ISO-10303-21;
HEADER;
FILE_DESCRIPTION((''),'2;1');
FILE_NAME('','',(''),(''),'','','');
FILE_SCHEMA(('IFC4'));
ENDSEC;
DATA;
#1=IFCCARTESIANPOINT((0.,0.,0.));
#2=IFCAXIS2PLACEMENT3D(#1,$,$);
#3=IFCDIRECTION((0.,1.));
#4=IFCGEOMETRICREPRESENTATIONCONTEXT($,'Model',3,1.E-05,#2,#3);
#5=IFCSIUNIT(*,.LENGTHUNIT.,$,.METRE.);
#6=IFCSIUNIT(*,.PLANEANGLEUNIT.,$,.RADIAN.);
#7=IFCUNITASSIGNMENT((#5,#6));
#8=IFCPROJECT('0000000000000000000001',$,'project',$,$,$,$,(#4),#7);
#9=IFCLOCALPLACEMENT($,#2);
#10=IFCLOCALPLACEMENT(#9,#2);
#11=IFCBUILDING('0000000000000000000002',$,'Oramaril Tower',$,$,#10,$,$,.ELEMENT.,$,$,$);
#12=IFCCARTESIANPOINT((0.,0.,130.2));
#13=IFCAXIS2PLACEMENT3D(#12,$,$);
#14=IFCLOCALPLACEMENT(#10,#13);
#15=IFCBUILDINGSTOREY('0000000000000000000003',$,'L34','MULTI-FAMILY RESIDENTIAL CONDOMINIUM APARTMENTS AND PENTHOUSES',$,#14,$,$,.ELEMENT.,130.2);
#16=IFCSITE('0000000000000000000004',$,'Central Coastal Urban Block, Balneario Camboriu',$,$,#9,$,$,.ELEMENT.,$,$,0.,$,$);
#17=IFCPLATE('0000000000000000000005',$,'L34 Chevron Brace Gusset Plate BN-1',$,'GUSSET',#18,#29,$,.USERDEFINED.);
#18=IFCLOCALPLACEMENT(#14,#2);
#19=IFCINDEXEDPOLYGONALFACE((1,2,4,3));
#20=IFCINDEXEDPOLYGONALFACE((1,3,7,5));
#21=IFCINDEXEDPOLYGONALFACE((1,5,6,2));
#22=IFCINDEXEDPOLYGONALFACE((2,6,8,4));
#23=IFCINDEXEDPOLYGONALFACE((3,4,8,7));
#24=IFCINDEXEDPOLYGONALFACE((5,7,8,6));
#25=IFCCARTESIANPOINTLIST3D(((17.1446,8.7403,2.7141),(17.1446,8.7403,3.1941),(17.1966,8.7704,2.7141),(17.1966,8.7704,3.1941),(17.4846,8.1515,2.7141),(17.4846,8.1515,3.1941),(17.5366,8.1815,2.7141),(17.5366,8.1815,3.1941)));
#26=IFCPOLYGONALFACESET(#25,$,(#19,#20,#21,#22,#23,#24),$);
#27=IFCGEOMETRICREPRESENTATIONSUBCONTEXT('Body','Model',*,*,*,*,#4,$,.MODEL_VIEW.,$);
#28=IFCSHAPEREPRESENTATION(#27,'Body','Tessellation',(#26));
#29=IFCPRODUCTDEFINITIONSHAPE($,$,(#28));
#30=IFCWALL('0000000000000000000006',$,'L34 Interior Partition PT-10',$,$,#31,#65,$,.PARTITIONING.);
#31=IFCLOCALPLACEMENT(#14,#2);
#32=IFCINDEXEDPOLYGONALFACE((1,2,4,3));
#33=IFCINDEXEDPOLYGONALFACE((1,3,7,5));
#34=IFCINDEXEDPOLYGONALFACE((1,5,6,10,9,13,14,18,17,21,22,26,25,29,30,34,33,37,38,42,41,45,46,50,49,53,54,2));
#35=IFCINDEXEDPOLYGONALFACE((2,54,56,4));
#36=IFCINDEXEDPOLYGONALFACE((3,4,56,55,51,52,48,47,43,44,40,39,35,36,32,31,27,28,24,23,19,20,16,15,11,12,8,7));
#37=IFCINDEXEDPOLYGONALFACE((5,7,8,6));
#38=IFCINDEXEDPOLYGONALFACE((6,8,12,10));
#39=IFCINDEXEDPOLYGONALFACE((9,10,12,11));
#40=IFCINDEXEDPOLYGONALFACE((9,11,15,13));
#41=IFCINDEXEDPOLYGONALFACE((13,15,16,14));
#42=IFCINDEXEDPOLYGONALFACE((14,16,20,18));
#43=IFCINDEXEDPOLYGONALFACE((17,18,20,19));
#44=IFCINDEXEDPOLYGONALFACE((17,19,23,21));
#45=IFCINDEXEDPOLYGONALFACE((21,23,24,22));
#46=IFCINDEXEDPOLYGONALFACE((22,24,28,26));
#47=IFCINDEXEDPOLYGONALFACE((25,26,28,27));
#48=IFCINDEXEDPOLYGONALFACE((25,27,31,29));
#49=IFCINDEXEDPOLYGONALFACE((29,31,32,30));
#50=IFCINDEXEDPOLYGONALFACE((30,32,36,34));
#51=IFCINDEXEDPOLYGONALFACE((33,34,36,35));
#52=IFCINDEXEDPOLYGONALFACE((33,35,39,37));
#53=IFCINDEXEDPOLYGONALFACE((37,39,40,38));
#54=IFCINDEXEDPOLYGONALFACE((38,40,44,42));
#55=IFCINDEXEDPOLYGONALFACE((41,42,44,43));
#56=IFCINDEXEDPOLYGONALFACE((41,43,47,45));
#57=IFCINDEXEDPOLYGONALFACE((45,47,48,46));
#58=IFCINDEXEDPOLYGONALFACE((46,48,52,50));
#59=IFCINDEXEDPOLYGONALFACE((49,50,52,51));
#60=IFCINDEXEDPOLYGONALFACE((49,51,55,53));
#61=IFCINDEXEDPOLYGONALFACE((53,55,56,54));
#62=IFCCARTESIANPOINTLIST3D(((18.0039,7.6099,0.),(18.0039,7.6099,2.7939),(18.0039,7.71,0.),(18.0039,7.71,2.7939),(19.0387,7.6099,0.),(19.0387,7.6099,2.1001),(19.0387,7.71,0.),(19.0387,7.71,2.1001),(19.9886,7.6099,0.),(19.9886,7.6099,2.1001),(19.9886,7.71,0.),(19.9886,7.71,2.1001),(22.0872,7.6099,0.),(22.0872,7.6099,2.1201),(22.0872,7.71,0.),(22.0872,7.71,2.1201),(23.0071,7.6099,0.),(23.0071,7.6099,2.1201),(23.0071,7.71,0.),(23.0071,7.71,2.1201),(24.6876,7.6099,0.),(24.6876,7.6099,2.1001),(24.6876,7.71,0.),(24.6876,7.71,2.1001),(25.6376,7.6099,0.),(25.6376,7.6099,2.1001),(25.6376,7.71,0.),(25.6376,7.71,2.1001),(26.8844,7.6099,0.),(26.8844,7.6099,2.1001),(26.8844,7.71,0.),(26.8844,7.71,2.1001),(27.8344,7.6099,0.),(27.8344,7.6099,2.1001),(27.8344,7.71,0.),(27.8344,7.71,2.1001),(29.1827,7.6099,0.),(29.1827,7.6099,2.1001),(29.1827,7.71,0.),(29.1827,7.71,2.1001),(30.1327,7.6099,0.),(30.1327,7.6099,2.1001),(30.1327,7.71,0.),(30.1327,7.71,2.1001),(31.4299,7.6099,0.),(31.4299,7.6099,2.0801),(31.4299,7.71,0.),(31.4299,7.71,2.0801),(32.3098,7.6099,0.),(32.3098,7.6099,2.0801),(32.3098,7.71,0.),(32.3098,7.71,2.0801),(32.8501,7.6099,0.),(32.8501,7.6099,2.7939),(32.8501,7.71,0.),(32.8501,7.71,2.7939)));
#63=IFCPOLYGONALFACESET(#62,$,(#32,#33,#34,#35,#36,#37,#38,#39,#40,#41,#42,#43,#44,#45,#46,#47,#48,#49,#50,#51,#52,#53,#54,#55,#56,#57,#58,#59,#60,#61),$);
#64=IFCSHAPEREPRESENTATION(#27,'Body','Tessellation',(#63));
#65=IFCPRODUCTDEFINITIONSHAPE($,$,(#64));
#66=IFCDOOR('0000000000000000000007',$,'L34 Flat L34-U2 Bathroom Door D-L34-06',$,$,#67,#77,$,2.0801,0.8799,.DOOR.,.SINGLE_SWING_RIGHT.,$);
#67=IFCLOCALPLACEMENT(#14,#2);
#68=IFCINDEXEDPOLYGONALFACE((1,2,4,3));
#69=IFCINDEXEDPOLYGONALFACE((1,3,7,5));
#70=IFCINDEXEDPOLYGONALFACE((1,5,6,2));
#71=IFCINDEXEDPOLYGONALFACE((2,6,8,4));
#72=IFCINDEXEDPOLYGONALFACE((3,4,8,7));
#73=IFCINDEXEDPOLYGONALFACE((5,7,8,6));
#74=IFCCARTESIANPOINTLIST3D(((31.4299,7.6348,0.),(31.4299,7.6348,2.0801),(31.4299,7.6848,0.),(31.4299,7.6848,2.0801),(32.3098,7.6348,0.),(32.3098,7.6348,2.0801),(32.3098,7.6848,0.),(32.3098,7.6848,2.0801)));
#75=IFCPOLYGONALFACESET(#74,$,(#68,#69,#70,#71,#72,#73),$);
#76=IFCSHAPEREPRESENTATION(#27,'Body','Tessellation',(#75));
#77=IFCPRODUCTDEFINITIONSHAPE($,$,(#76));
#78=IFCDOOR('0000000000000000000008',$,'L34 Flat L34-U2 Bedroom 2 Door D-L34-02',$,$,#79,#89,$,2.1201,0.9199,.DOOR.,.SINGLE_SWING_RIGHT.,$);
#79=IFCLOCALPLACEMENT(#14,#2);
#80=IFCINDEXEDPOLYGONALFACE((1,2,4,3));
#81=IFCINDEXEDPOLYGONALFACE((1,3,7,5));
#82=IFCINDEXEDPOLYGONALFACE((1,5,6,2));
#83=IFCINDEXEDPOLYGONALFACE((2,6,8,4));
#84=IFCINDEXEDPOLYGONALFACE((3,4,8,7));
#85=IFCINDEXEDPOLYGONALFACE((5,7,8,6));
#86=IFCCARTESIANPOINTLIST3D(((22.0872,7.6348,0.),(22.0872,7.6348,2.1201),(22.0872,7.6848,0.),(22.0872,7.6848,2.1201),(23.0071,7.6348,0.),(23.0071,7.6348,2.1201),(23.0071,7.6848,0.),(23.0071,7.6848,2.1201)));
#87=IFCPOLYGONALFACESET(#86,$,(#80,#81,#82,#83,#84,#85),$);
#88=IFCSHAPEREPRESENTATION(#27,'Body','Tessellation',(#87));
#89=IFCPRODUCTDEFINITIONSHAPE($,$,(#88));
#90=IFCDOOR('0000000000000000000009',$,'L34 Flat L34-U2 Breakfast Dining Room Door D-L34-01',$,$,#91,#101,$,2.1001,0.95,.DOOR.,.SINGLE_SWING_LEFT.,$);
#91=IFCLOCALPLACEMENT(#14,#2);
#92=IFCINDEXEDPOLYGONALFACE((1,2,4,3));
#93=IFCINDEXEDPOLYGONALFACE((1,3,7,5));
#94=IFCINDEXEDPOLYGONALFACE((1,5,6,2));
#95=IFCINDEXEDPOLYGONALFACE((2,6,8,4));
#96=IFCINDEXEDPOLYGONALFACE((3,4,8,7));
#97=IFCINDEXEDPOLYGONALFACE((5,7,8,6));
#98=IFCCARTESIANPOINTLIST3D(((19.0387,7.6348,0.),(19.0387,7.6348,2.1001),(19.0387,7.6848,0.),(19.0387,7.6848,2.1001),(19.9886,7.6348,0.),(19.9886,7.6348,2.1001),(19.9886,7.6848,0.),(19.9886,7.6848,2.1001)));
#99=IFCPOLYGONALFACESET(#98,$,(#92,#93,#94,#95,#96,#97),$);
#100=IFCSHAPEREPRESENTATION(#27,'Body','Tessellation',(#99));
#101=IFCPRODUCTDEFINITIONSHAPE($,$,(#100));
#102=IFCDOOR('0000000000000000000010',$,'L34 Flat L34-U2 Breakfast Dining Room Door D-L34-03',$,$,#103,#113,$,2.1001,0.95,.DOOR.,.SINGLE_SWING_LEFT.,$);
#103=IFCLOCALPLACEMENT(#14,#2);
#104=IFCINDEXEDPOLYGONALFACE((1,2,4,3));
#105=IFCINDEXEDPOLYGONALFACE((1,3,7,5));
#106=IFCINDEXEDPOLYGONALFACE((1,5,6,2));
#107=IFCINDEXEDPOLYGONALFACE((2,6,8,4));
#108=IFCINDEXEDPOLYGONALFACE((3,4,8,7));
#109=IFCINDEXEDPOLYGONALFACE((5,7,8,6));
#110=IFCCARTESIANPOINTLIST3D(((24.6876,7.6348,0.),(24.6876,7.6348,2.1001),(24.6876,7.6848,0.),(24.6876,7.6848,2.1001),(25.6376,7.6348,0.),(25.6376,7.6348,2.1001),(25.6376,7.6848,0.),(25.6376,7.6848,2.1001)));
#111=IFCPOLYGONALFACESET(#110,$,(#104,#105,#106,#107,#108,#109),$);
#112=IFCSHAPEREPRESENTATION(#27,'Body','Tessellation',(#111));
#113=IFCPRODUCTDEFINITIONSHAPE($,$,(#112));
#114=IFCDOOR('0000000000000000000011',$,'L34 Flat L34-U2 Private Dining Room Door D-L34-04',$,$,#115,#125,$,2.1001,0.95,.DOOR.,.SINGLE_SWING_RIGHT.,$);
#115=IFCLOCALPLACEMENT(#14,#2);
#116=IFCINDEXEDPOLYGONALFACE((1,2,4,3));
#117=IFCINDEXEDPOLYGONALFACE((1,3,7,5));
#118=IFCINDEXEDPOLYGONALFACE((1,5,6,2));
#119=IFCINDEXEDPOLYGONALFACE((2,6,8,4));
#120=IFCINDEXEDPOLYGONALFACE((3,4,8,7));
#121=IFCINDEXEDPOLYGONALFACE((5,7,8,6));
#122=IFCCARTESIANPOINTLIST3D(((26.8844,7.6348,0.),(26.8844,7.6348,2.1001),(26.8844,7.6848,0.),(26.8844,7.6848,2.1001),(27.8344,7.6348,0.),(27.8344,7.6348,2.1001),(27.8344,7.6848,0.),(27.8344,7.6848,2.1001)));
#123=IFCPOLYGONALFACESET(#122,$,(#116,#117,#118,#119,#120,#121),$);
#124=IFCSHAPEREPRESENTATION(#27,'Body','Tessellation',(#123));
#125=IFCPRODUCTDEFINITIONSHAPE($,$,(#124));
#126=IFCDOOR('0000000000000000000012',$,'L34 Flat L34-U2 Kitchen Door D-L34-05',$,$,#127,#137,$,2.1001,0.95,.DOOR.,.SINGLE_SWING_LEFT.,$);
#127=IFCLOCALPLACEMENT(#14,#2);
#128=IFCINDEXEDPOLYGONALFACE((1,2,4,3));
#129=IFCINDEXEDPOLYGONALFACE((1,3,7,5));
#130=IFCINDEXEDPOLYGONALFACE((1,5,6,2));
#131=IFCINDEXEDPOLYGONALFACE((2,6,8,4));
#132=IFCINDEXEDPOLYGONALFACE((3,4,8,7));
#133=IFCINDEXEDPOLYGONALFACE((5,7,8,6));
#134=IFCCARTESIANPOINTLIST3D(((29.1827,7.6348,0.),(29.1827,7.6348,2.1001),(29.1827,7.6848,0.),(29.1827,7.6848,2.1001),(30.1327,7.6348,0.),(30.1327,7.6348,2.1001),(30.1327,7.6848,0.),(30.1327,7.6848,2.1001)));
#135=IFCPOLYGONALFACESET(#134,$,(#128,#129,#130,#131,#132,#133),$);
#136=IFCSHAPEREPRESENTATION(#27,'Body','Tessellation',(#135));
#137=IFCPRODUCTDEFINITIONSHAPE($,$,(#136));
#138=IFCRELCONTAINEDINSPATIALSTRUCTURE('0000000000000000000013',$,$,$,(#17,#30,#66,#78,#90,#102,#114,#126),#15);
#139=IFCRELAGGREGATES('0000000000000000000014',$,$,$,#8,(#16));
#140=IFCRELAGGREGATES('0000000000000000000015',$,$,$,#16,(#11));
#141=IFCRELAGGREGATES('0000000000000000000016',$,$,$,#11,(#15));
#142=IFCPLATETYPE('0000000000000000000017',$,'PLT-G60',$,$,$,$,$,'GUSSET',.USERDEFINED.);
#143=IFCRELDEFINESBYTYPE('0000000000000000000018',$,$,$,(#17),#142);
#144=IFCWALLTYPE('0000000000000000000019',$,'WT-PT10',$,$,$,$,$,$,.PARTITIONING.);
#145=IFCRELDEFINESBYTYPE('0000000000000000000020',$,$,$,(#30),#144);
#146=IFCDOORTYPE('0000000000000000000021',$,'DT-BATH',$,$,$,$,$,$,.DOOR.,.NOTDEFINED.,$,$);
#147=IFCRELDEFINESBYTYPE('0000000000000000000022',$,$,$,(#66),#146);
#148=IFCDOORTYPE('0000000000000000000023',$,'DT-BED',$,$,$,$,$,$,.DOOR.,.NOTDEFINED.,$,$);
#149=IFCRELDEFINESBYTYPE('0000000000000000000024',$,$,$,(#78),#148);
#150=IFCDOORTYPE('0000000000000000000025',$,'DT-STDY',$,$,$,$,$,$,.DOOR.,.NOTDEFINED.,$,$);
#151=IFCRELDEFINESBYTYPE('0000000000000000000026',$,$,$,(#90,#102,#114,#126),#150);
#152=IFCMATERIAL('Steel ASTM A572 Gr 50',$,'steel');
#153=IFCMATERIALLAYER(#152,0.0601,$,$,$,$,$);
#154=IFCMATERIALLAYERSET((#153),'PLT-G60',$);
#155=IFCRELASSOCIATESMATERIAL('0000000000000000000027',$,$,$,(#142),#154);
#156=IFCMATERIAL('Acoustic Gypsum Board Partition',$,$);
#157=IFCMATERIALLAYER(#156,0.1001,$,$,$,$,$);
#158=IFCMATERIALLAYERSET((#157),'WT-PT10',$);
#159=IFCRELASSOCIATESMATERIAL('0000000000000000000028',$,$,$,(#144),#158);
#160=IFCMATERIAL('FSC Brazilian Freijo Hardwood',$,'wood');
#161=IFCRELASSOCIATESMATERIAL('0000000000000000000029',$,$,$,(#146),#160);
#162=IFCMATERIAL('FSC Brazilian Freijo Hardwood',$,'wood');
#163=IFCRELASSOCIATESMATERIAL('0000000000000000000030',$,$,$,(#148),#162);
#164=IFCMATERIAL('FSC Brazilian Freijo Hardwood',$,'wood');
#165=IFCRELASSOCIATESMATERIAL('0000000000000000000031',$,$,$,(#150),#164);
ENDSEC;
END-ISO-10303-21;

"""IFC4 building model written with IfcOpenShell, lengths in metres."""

from ifc_helpers import new_model, si_unit, direction, frame, frame_2d, origin, origin_2d, place, context, subcontext, project, spatial, rectangle, extrude, material, layer, layer_set, type_object, element, fill, save


model = new_model("IFC4")

# Units and contexts
model_context = context("Model", 3, precision=1e-05, world=origin(), true_north=direction((0.0, 1.0)))
body_context = subcontext(model_context, "Body", "Model", "MODEL_VIEW")
ifc_project = project(units=[si_unit("LENGTHUNIT", "METRE"), si_unit("PLANEANGLEUNIT", "RADIAN")], contexts=[model_context])

# Site, building, storey
site_placement = place(None, origin())
site = spatial("IfcSite", under=ifc_project, at=site_placement, Name="Central Coastal Urban Block, Balneario Camboriu", CompositionType="ELEMENT", RefElevation=0.0)
building_placement = place(site_placement, origin())
building = spatial("IfcBuilding", under=site, at=building_placement, Name="Oramaril Tower", CompositionType="ELEMENT")
storey_placement = place(building_placement, frame((0.0, 0.0, 130.2)))
storey = spatial("IfcBuildingStorey", under=building, at=storey_placement, Name="L34", Description="MULTI-FAMILY RESIDENTIAL CONDOMINIUM APARTMENTS AND PENTHOUSES", CompositionType="ELEMENT", Elevation=130.2)

# Plate
ifc_material_1 = material(Name="Steel ASTM A572 Gr 50", Category="steel")
ifc_layer_1 = layer(ifc_material_1, 0.0601)
ifc_layer_set_1 = layer_set([ifc_layer_1], Name="PLT-G60")
plate_type = type_object("IfcPlateType", Name="PLT-G60", ElementType="GUSSET", PredefinedType="USERDEFINED", material=ifc_layer_set_1)
plate_placement = place(storey_placement, frame((17.3406, 8.4609, 2.7141), z_axis=(0.0, 0.0, 1.0), x_axis=(0.5, -0.866025, 0.0)))
element("IfcPlate", 1, at=plate_placement, inside=storey, type_object=plate_type, Name="L34 Chevron Brace Gusset Plate BN-1", ObjectType="GUSSET", PredefinedType="USERDEFINED", context=body_context, shape_type="SweptSolid", body=[
    extrude(rectangle(XDim=0.6799, YDim=0.0601, at=origin_2d()), origin(), (0.0, 0.0, 1.0), 0.48),
])

# Wall, openings, doors
ifc_material_2 = material(Name="Acoustic Gypsum Board Partition")
ifc_layer_2 = layer(ifc_material_2, 0.1001)
ifc_layer_set_2 = layer_set([ifc_layer_2], Name="WT-PT10")
wall_type_1 = type_object("IfcWallType", Name="WT-PT10", PredefinedType="PARTITIONING", material=ifc_layer_set_2)
wall_1_placement = place(storey_placement, frame((18.0039, 7.6599, 0.0), z_axis=(0.0, 0.0, 1.0), x_axis=(1.0, 0.0, 0.0)))
wall_1 = element("IfcWall", 2, at=wall_1_placement, inside=storey, type_object=wall_type_1, Name="L34 Interior Partition PT-10", PredefinedType="PARTITIONING", context=body_context, shape_type="SweptSolid", body=[
    extrude(rectangle(XDim=14.8462, YDim=0.1001, at=frame_2d((7.4231, 0.0))), origin(), (0.0, 0.0, 1.0), 2.7939),
])
opening_1_placement = place(wall_1_placement, frame((1.0347, 0.0, 0.0)))
opening_1 = element("IfcOpeningElement", 3, at=opening_1_placement, cuts=wall_1, PredefinedType="OPENING", context=body_context, shape_type="SweptSolid", body=[
    extrude(rectangle(XDim=0.95, YDim=2.1001, at=frame_2d((0.4751, 1.05))), frame((0.0, 0.05, 0.0), z_axis=(0.0, -1.0, 0.0), x_axis=(1.0, 0.0, 0.0)), (0.0, 0.0, 1.0), 0.1001),
])
opening_2_placement = place(wall_1_placement, frame((4.0833, 0.0, 0.0)))
opening_2 = element("IfcOpeningElement", 4, at=opening_2_placement, cuts=wall_1, PredefinedType="OPENING", context=body_context, shape_type="SweptSolid", body=[
    extrude(rectangle(XDim=0.9199, YDim=2.1201, at=frame_2d((0.46, 1.0601))), frame((0.0, 0.05, 0.0), z_axis=(0.0, -1.0, 0.0), x_axis=(1.0, 0.0, 0.0)), (0.0, 0.0, 1.0), 0.1001),
])
opening_3_placement = place(wall_1_placement, frame((6.6836, 0.0, 0.0)))
opening_3 = element("IfcOpeningElement", 5, at=opening_3_placement, cuts=wall_1, PredefinedType="OPENING", context=body_context, shape_type="SweptSolid", body=[
    extrude(rectangle(XDim=0.95, YDim=2.1001, at=frame_2d((0.4751, 1.05))), frame((0.0, 0.05, 0.0), z_axis=(0.0, -1.0, 0.0), x_axis=(1.0, 0.0, 0.0)), (0.0, 0.0, 1.0), 0.1001),
])
opening_4_placement = place(wall_1_placement, frame((8.8804, 0.0, 0.0)))
opening_4 = element("IfcOpeningElement", 6, at=opening_4_placement, cuts=wall_1, PredefinedType="OPENING", context=body_context, shape_type="SweptSolid", body=[
    extrude(rectangle(XDim=0.95, YDim=2.1001, at=frame_2d((0.4751, 1.05))), frame((0.0, 0.05, 0.0), z_axis=(0.0, -1.0, 0.0), x_axis=(1.0, 0.0, 0.0)), (0.0, 0.0, 1.0), 0.1001),
])
opening_5_placement = place(wall_1_placement, frame((11.1787, 0.0, 0.0)))
opening_5 = element("IfcOpeningElement", 7, at=opening_5_placement, cuts=wall_1, PredefinedType="OPENING", context=body_context, shape_type="SweptSolid", body=[
    extrude(rectangle(XDim=0.95, YDim=2.1001, at=frame_2d((0.4751, 1.05))), frame((0.0, 0.05, 0.0), z_axis=(0.0, -1.0, 0.0), x_axis=(1.0, 0.0, 0.0)), (0.0, 0.0, 1.0), 0.1001),
])
opening_6_placement = place(wall_1_placement, frame((13.426, 0.0, 0.0)))
opening_6 = element("IfcOpeningElement", 8, at=opening_6_placement, cuts=wall_1, PredefinedType="OPENING", context=body_context, shape_type="SweptSolid", body=[
    extrude(rectangle(XDim=0.8799, YDim=2.0801, at=frame_2d((0.4399, 1.04))), frame((0.0, 0.05, 0.0), z_axis=(0.0, -1.0, 0.0), x_axis=(1.0, 0.0, 0.0)), (0.0, 0.0, 1.0), 0.1001),
])
ifc_material_3 = material(Name="FSC Brazilian Freijo Hardwood", Category="wood")
door_type_1 = type_object("IfcDoorType", Name="DT-BATH", OperationType="NOTDEFINED", PredefinedType="DOOR", material=ifc_material_3)
door_1_placement = place(opening_6_placement, origin())
door_1 = element("IfcDoor", 9, at=door_1_placement, inside=storey, type_object=door_type_1, Name="L34 Flat L34-U2 Bathroom Door D-L34-06", OperationType="SINGLE_SWING_RIGHT", OverallHeight=2.0801, OverallWidth=0.8799, PredefinedType="DOOR", context=body_context, shape_type="SweptSolid", body=[
    extrude(rectangle(XDim=0.8799, YDim=2.0801, at=frame_2d((0.4399, 1.04))), frame((0.0, 0.0249, 0.0), z_axis=(0.0, -1.0, 0.0), x_axis=(1.0, 0.0, 0.0)), (0.0, 0.0, 1.0), 0.05),
])
fill(opening_6, door_1)
ifc_material_4 = material(Name="FSC Brazilian Freijo Hardwood", Category="wood")
door_type_2 = type_object("IfcDoorType", Name="DT-BED", OperationType="NOTDEFINED", PredefinedType="DOOR", material=ifc_material_4)
door_2_placement = place(opening_2_placement, origin())
door_2 = element("IfcDoor", 10, at=door_2_placement, inside=storey, type_object=door_type_2, Name="L34 Flat L34-U2 Bedroom 2 Door D-L34-02", OperationType="SINGLE_SWING_RIGHT", OverallHeight=2.1201, OverallWidth=0.9199, PredefinedType="DOOR", context=body_context, shape_type="SweptSolid", body=[
    extrude(rectangle(XDim=0.9199, YDim=2.1201, at=frame_2d((0.46, 1.0601))), frame((0.0, 0.0249, 0.0), z_axis=(0.0, -1.0, 0.0), x_axis=(1.0, 0.0, 0.0)), (0.0, 0.0, 1.0), 0.05),
])
fill(opening_2, door_2)
ifc_material_5 = material(Name="FSC Brazilian Freijo Hardwood", Category="wood")
door_type_3 = type_object("IfcDoorType", Name="DT-STDY", OperationType="NOTDEFINED", PredefinedType="DOOR", material=ifc_material_5)
door_3_placement = place(opening_1_placement, origin())
door_3 = element("IfcDoor", 11, at=door_3_placement, inside=storey, type_object=door_type_3, Name="L34 Flat L34-U2 Breakfast Dining Room Door D-L34-01", OperationType="SINGLE_SWING_LEFT", OverallHeight=2.1001, OverallWidth=0.95, PredefinedType="DOOR", context=body_context, shape_type="SweptSolid", body=[
    extrude(rectangle(XDim=0.95, YDim=2.1001, at=frame_2d((0.4751, 1.05))), frame((0.0, 0.0249, 0.0), z_axis=(0.0, -1.0, 0.0), x_axis=(1.0, 0.0, 0.0)), (0.0, 0.0, 1.0), 0.05),
])
fill(opening_1, door_3)
door_4_placement = place(opening_3_placement, origin())
door_4 = element("IfcDoor", 12, at=door_4_placement, inside=storey, type_object=door_type_3, Name="L34 Flat L34-U2 Breakfast Dining Room Door D-L34-03", OperationType="SINGLE_SWING_LEFT", OverallHeight=2.1001, OverallWidth=0.95, PredefinedType="DOOR", context=body_context, shape_type="SweptSolid", body=[
    extrude(rectangle(XDim=0.95, YDim=2.1001, at=frame_2d((0.4751, 1.05))), frame((0.0, 0.0249, 0.0), z_axis=(0.0, -1.0, 0.0), x_axis=(1.0, 0.0, 0.0)), (0.0, 0.0, 1.0), 0.05),
])
fill(opening_3, door_4)
door_5_placement = place(opening_4_placement, origin())
door_5 = element("IfcDoor", 13, at=door_5_placement, inside=storey, type_object=door_type_3, Name="L34 Flat L34-U2 Private Dining Room Door D-L34-04", OperationType="SINGLE_SWING_RIGHT", OverallHeight=2.1001, OverallWidth=0.95, PredefinedType="DOOR", context=body_context, shape_type="SweptSolid", body=[
    extrude(rectangle(XDim=0.95, YDim=2.1001, at=frame_2d((0.4751, 1.05))), frame((0.0, 0.0249, 0.0), z_axis=(0.0, -1.0, 0.0), x_axis=(1.0, 0.0, 0.0)), (0.0, 0.0, 1.0), 0.05),
])
fill(opening_4, door_5)
door_6_placement = place(opening_5_placement, origin())
door_6 = element("IfcDoor", 14, at=door_6_placement, inside=storey, type_object=door_type_3, Name="L34 Flat L34-U2 Kitchen Door D-L34-05", OperationType="SINGLE_SWING_LEFT", OverallHeight=2.1001, OverallWidth=0.95, PredefinedType="DOOR", context=body_context, shape_type="SweptSolid", body=[
    extrude(rectangle(XDim=0.95, YDim=2.1001, at=frame_2d((0.4751, 1.05))), frame((0.0, 0.0249, 0.0), z_axis=(0.0, -1.0, 0.0), x_axis=(1.0, 0.0, 0.0)), (0.0, 0.0, 1.0), 0.05),
])
fill(opening_5, door_6)

save(model, "model.ifc")
